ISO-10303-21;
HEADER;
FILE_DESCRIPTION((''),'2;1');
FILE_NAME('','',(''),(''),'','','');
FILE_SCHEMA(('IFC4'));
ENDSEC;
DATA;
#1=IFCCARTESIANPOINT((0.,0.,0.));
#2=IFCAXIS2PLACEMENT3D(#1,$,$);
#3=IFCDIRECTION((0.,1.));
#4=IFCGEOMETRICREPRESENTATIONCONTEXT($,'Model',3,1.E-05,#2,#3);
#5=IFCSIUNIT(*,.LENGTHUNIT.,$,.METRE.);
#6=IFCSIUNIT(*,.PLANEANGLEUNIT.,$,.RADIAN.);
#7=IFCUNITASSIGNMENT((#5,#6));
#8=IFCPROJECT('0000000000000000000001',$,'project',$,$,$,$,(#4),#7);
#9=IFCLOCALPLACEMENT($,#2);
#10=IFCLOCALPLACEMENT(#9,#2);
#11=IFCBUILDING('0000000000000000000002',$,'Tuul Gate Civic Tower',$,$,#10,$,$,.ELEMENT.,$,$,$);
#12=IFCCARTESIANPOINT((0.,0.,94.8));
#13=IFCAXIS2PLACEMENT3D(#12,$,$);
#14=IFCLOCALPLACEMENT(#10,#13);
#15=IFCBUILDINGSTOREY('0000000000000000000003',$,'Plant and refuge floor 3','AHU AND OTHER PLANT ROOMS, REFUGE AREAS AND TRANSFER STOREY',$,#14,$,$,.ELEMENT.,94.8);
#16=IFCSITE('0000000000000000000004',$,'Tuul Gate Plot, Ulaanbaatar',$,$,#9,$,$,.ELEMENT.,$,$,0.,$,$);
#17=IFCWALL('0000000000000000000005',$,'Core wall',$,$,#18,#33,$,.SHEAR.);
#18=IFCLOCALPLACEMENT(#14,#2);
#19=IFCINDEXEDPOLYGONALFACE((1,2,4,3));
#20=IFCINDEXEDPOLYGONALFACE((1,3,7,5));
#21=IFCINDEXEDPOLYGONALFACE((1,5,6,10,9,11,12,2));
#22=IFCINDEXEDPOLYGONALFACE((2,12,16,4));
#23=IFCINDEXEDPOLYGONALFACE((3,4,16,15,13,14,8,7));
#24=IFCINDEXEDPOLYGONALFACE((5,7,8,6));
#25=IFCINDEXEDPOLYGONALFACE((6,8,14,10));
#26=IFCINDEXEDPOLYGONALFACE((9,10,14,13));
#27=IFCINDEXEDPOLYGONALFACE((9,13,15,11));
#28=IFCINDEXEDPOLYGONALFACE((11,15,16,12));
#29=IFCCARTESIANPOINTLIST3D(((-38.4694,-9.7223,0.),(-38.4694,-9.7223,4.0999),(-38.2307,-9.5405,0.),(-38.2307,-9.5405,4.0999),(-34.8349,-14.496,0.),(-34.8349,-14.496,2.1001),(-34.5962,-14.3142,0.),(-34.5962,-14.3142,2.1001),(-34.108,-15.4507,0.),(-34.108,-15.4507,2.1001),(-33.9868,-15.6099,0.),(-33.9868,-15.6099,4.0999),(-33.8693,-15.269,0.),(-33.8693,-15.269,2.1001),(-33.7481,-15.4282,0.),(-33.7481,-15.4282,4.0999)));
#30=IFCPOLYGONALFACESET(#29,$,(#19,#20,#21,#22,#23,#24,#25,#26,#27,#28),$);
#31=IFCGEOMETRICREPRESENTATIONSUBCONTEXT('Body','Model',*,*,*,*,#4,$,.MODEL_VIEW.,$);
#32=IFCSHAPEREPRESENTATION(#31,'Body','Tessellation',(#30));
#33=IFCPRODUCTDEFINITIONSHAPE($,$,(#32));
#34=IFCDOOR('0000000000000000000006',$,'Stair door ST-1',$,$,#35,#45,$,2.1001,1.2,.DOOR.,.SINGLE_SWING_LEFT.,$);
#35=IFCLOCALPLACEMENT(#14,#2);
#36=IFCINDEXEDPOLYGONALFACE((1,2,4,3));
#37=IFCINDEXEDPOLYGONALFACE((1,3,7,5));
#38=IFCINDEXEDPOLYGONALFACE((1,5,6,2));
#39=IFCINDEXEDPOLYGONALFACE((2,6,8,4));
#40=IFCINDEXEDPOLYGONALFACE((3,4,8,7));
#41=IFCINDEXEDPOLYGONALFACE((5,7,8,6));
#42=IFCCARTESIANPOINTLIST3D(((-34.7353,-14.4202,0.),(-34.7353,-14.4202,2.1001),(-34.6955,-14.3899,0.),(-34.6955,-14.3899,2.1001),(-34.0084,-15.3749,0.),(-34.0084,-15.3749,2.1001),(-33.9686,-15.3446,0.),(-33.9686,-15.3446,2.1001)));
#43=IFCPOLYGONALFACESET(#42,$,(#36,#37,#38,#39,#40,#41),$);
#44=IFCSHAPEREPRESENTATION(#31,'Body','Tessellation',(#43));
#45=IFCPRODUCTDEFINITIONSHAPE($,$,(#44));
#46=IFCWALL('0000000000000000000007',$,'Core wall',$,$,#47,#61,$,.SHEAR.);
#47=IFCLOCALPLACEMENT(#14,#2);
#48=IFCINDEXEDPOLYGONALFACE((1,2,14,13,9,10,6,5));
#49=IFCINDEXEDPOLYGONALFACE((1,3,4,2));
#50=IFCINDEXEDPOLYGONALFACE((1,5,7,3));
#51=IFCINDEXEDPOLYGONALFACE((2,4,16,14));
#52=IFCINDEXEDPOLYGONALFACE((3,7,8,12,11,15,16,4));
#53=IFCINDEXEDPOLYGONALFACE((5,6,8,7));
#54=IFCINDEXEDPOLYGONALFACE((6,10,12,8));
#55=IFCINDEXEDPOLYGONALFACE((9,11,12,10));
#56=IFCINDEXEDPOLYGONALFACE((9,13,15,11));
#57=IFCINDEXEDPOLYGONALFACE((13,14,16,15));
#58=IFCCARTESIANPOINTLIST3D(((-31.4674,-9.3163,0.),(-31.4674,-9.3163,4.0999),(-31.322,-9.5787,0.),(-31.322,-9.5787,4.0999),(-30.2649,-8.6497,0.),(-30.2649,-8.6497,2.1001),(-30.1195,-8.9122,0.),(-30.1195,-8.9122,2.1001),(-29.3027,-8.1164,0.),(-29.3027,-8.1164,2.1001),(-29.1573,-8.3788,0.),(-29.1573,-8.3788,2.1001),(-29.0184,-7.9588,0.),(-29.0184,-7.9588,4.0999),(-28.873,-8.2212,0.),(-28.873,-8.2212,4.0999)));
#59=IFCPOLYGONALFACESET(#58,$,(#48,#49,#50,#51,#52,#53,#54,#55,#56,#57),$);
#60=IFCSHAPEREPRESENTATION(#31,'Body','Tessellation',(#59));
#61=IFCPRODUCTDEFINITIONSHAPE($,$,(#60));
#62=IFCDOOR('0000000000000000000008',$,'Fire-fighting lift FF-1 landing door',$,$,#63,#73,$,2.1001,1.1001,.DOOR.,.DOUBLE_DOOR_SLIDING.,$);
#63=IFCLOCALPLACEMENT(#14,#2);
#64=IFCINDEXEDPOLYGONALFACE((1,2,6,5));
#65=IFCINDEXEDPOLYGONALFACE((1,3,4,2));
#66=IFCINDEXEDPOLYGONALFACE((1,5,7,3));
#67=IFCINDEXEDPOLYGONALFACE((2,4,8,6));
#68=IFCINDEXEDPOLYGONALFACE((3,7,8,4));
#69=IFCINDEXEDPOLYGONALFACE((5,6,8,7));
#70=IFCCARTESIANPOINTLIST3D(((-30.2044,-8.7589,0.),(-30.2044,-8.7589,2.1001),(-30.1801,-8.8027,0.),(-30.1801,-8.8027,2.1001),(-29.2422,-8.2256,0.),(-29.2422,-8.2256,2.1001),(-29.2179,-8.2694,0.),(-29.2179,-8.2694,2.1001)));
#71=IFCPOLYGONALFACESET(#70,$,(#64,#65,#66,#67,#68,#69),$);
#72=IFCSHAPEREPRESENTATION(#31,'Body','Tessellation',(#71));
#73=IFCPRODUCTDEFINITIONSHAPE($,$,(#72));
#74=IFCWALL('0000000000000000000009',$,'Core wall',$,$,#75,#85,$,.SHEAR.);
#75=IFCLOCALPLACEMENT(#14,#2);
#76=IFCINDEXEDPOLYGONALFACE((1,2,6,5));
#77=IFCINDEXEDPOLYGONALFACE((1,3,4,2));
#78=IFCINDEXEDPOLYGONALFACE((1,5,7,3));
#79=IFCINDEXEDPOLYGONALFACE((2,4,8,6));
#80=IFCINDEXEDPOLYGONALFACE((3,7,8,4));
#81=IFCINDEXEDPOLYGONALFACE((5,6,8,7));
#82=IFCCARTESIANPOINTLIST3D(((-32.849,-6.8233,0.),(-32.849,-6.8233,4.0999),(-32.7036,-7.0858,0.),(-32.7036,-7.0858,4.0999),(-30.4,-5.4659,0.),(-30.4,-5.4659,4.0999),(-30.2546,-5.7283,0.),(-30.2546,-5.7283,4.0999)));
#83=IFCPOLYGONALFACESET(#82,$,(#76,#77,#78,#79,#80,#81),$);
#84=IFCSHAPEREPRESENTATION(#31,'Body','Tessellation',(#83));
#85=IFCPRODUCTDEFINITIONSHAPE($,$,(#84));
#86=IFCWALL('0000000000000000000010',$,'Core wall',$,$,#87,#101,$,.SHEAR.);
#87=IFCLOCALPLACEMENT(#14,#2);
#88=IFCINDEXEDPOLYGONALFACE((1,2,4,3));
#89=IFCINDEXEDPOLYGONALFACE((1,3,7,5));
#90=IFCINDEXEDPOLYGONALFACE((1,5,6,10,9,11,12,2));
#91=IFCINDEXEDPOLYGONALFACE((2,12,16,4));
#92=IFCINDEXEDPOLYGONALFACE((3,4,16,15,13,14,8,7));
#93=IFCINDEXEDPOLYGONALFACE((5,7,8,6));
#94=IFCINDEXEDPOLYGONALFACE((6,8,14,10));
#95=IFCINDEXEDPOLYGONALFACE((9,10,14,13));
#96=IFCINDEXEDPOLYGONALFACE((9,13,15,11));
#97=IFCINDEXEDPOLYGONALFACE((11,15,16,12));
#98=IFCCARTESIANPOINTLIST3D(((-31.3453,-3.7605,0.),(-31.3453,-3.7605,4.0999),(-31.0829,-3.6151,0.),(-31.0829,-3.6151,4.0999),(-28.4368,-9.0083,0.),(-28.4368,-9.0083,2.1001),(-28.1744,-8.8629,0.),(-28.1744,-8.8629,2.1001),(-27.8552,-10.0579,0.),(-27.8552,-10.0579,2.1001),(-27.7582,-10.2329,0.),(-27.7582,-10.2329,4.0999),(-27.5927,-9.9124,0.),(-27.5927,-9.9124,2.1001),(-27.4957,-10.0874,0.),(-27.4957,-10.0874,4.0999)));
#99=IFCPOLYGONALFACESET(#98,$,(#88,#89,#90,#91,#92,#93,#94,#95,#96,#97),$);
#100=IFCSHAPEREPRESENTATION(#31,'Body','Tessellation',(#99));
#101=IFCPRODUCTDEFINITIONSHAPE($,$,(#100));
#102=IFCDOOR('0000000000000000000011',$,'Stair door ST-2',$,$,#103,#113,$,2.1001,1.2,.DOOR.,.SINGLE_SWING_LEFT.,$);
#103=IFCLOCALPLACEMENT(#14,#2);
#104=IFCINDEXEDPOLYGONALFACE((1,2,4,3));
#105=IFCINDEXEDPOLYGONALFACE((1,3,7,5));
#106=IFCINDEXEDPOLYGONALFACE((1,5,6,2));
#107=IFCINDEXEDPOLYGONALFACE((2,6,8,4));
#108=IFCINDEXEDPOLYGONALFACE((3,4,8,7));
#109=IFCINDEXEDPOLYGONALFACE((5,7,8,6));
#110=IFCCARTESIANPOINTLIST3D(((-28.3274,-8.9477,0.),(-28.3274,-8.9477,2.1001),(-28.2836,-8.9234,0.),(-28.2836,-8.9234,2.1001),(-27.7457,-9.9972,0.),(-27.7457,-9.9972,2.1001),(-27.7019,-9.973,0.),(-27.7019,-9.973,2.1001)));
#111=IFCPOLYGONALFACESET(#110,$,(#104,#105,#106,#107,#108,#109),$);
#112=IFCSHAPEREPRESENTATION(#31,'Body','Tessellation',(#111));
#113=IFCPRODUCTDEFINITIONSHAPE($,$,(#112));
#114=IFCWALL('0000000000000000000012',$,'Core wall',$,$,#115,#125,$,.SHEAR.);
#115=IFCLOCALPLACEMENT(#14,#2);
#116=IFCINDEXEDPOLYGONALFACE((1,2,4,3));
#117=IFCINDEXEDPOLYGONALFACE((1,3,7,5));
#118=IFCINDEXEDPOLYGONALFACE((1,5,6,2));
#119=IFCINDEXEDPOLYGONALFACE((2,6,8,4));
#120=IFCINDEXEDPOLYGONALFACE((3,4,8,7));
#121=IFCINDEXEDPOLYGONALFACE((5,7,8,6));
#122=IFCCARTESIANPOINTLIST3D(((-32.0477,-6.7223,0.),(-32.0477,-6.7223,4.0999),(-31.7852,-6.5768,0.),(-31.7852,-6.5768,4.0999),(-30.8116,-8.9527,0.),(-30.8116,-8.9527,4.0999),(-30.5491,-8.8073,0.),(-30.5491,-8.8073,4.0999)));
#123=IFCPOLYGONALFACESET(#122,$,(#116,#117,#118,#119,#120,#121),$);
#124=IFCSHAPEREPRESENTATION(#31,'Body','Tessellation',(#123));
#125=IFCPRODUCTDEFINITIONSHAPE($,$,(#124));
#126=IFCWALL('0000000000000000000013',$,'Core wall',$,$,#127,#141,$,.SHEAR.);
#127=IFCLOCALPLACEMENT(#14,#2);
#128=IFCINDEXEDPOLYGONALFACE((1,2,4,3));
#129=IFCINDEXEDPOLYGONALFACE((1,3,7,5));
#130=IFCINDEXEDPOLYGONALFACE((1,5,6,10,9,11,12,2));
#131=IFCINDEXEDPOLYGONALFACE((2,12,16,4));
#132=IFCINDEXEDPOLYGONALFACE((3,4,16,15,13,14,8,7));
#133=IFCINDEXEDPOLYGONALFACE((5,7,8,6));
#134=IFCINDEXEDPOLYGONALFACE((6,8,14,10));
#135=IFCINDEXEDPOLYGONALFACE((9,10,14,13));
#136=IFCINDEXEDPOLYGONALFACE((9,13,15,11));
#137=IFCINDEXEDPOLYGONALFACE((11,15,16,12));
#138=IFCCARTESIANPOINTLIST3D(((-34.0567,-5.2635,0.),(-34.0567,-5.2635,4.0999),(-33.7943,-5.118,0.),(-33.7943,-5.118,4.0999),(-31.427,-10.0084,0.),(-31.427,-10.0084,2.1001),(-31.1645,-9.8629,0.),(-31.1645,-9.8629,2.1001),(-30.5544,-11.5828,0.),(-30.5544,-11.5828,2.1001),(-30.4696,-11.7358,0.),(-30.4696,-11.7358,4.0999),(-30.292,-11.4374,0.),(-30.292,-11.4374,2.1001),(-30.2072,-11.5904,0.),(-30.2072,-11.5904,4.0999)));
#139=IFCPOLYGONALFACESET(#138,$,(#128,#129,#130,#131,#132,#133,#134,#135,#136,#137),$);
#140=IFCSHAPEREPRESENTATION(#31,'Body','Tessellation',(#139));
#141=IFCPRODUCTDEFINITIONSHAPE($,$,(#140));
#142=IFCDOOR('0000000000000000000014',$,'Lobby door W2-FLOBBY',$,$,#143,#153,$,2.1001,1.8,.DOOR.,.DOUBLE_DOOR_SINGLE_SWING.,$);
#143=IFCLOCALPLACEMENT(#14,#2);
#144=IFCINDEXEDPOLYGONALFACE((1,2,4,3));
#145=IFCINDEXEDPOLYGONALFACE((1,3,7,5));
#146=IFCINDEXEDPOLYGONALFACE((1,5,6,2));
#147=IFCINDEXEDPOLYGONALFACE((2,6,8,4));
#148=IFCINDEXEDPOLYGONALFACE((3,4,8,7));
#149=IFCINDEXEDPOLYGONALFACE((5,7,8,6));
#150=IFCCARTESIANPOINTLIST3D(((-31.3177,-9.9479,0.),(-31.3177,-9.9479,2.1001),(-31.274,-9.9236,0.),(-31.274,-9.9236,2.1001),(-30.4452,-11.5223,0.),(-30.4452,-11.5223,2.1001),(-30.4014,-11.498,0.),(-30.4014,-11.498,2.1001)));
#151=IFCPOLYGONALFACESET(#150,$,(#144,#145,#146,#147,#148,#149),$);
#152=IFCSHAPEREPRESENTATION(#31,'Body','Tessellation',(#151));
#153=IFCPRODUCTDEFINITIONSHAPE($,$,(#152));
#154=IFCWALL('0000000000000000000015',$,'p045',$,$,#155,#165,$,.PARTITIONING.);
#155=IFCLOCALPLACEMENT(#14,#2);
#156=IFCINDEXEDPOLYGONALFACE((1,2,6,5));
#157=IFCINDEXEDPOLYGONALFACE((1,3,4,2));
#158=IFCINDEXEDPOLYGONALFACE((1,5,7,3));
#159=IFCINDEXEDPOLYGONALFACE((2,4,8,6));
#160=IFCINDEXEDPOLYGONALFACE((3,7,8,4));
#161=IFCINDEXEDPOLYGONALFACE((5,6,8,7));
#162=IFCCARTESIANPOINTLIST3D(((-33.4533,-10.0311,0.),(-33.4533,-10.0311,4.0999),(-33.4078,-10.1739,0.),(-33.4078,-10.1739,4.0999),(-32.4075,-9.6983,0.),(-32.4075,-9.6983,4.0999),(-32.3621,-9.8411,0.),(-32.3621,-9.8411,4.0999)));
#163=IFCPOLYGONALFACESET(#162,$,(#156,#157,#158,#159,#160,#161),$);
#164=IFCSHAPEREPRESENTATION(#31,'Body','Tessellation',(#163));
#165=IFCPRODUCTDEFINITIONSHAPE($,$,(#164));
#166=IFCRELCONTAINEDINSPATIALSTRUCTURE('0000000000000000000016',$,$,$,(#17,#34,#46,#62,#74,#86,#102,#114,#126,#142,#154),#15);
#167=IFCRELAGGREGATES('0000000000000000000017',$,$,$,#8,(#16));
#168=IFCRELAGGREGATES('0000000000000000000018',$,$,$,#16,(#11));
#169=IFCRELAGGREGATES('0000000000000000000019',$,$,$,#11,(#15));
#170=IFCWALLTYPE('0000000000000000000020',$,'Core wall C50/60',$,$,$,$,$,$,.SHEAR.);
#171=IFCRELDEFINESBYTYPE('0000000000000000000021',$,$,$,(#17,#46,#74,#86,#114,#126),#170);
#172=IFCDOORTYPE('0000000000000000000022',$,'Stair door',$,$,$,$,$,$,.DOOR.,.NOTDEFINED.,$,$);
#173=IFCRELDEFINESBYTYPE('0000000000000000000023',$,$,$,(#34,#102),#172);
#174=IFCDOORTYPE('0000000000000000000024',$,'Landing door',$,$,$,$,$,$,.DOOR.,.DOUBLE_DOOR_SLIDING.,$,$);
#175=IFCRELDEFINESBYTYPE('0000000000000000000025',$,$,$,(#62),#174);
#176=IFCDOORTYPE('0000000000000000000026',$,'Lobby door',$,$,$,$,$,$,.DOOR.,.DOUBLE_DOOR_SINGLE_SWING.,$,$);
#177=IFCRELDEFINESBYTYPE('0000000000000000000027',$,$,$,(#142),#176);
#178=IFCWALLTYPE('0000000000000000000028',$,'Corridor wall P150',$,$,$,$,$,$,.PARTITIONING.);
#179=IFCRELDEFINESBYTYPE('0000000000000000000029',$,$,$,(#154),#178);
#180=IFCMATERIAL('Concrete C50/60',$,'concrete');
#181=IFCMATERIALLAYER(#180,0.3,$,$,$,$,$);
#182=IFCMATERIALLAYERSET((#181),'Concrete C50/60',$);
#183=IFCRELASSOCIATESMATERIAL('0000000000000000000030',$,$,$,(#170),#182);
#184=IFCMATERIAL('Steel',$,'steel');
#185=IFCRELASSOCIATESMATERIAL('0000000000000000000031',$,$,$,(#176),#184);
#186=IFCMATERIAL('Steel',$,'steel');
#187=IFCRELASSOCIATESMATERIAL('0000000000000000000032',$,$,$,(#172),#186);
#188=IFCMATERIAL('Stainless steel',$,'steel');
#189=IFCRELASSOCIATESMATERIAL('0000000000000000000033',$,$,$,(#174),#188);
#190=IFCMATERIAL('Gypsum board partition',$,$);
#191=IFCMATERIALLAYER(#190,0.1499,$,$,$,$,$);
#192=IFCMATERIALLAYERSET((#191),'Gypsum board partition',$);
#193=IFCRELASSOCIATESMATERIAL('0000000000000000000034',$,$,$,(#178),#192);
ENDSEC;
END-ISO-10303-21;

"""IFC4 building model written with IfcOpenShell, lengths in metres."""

from ifc_helpers import new_model, si_unit, direction, frame, frame_2d, origin, place, context, subcontext, project, spatial, rectangle, extrude, material, layer, layer_set, type_object, element, fill, save


model = new_model("IFC4")

# Units and contexts
model_context = context("Model", 3, precision=1e-05, world=origin(), true_north=direction((0.0, 1.0)))
body_context = subcontext(model_context, "Body", "Model", "MODEL_VIEW")
ifc_project = project(units=[si_unit("LENGTHUNIT", "METRE"), si_unit("PLANEANGLEUNIT", "RADIAN")], contexts=[model_context])

# Site, building, storey
site_placement = place(None, origin())
site = spatial("IfcSite", under=ifc_project, at=site_placement, Name="Tuul Gate Plot, Ulaanbaatar", CompositionType="ELEMENT", RefElevation=0.0)
building_placement = place(site_placement, origin())
building = spatial("IfcBuilding", under=site, at=building_placement, Name="Tuul Gate Civic Tower", CompositionType="ELEMENT")
storey_placement = place(building_placement, frame((0.0, 0.0, 94.8)))
storey = spatial("IfcBuildingStorey", under=building, at=storey_placement, Name="Plant and refuge floor 3", Description="AHU AND OTHER PLANT ROOMS, REFUGE AREAS AND TRANSFER STOREY", CompositionType="ELEMENT", Elevation=94.8)

# Shared definitions
ifc_material_1 = material(Name="Concrete C50/60", Category="concrete")
ifc_layer_1 = layer(ifc_material_1, 0.3)
ifc_layer_set_1 = layer_set([ifc_layer_1], Name="Concrete C50/60")
wall_type_1 = type_object("IfcWallType", Name="Core wall C50/60", PredefinedType="SHEAR", material=ifc_layer_set_1)
ifc_material_2 = material(Name="Steel", Category="steel")
door_type_1 = type_object("IfcDoorType", Name="Lobby door", OperationType="DOUBLE_DOOR_SINGLE_SWING", PredefinedType="DOOR", material=ifc_material_2)

# Walls, openings, doors
wall_1_placement = place(storey_placement, frame((-33.8674, -15.519, 0.0), z_axis=(0.0, 0.0, 1.0), x_axis=(-0.60577, 0.79564, 0.0)))
wall_1 = element("IfcWall", 1, at=wall_1_placement, inside=storey, type_object=wall_type_1, Name="Core wall", PredefinedType="SHEAR", context=body_context, shape_type="SweptSolid", body=[
    extrude(rectangle(XDim=7.3999, YDim=0.3, at=frame_2d((3.7, 0.0))), origin(), (0.0, 0.0, 1.0), 4.0999),
])
opening_1_placement = place(wall_1_placement, frame((0.2, 0.0, 0.0)))
opening_1 = element("IfcOpeningElement", 2, at=opening_1_placement, cuts=wall_1, PredefinedType="OPENING", context=body_context, shape_type="SweptSolid", body=[
    extrude(rectangle(XDim=1.2, YDim=2.1001, at=frame_2d((0.6001, 1.05))), frame((0.0, 0.1602, 0.0), z_axis=(0.0, -1.0, 0.0), x_axis=(1.0, 0.0, 0.0)), (0.0, 0.0, 1.0), 0.3201),
])
ifc_material_3 = material(Name="Steel", Category="steel")
door_type_2 = type_object("IfcDoorType", Name="Stair door", OperationType="NOTDEFINED", PredefinedType="DOOR", material=ifc_material_3)
door_1_placement = place(opening_1_placement, origin())
door_1 = element("IfcDoor", 3, at=door_1_placement, inside=storey, type_object=door_type_2, Name="Stair door ST-1", OperationType="SINGLE_SWING_LEFT", OverallHeight=2.1001, OverallWidth=1.2, PredefinedType="DOOR", context=body_context, shape_type="SweptSolid", body=[
    extrude(rectangle(XDim=1.2, YDim=2.1001, at=frame_2d((0.6001, 1.05))), frame((0.0, 0.0249, 0.0), z_axis=(0.0, -1.0, 0.0), x_axis=(1.0, 0.0, 0.0)), (0.0, 0.0, 1.0), 0.05),
])
fill(opening_1, door_1)
wall_2_placement = place(storey_placement, frame((-28.9458, -8.0901, 0.0), z_axis=(0.0, 0.0, 1.0), x_axis=(-0.87463, -0.484791, 0.0)))
wall_2 = element("IfcWall", 4, at=wall_2_placement, inside=storey, type_object=wall_type_1, Name="Core wall", PredefinedType="SHEAR", context=body_context, shape_type="SweptSolid", body=[
    extrude(rectangle(XDim=2.8, YDim=0.3, at=frame_2d((1.3999, 0.0))), origin(), (0.0, 0.0, 1.0), 4.0999),
])
opening_2_placement = place(wall_2_placement, frame((0.325, 0.0, 0.0)))
opening_2 = element("IfcOpeningElement", 5, at=opening_2_placement, cuts=wall_2, PredefinedType="OPENING", context=body_context, shape_type="SweptSolid", body=[
    extrude(rectangle(XDim=1.1001, YDim=2.1001, at=frame_2d((0.55, 1.05))), frame((0.0, 0.1602, 0.0), z_axis=(0.0, -1.0, 0.0), x_axis=(1.0, 0.0, 0.0)), (0.0, 0.0, 1.0), 0.3201),
])
ifc_material_4 = material(Name="Stainless steel", Category="steel")
door_type_3 = type_object("IfcDoorType", Name="Landing door", OperationType="DOUBLE_DOOR_SLIDING", PredefinedType="DOOR", material=ifc_material_4)
door_2_placement = place(opening_2_placement, origin())
door_2 = element("IfcDoor", 6, at=door_2_placement, inside=storey, type_object=door_type_3, Name="Fire-fighting lift FF-1 landing door", OperationType="DOUBLE_DOOR_SLIDING", OverallHeight=2.1001, OverallWidth=1.1001, PredefinedType="DOOR", context=body_context, shape_type="SweptSolid", body=[
    extrude(rectangle(XDim=1.1001, YDim=2.1001, at=frame_2d((0.55, 1.05))), frame((0.0, 0.0249, 0.0), z_axis=(0.0, -1.0, 0.0), x_axis=(1.0, 0.0, 0.0)), (0.0, 0.0, 1.0), 0.05),
])
fill(opening_2, door_2)

# Wall
wall_3_placement = place(storey_placement, frame((-30.3274, -5.5972, 0.0), z_axis=(0.0, 0.0, 1.0), x_axis=(-0.87463, -0.484791, 0.0)))
element("IfcWall", 7, at=wall_3_placement, inside=storey, type_object=wall_type_1, Name="Core wall", PredefinedType="SHEAR", context=body_context, shape_type="SweptSolid", body=[
    extrude(rectangle(XDim=2.8, YDim=0.3, at=frame_2d((1.3999, 0.0))), origin(), (0.0, 0.0, 1.0), 4.0999),
])

# Wall, opening, door
wall_4_placement = place(storey_placement, frame((-27.627, -10.1602, 0.0), z_axis=(0.0, 0.0, 1.0), x_axis=(-0.484752, 0.874652, 0.0)))
wall_4 = element("IfcWall", 8, at=wall_4_placement, inside=storey, type_object=wall_type_1, Name="Core wall", PredefinedType="SHEAR", context=body_context, shape_type="SweptSolid", body=[
    extrude(rectangle(XDim=7.3999, YDim=0.3, at=frame_2d((3.7, 0.0))), origin(), (0.0, 0.0, 1.0), 4.0999),
])
opening_3_placement = place(wall_4_placement, frame((0.2, 0.0, 0.0)))
opening_3 = element("IfcOpeningElement", 9, at=opening_3_placement, cuts=wall_4, PredefinedType="OPENING", context=body_context, shape_type="SweptSolid", body=[
    extrude(rectangle(XDim=1.2, YDim=2.1001, at=frame_2d((0.6001, 1.05))), frame((0.0, 0.1602, 0.0), z_axis=(0.0, -1.0, 0.0), x_axis=(1.0, 0.0, 0.0)), (0.0, 0.0, 1.0), 0.3201),
])
door_3_placement = place(opening_3_placement, origin())
door_3 = element("IfcDoor", 10, at=door_3_placement, inside=storey, type_object=door_type_2, Name="Stair door ST-2", OperationType="SINGLE_SWING_LEFT", OverallHeight=2.1001, OverallWidth=1.2, PredefinedType="DOOR", context=body_context, shape_type="SweptSolid", body=[
    extrude(rectangle(XDim=1.2, YDim=2.1001, at=frame_2d((0.6001, 1.05))), frame((0.0, 0.0249, 0.0), z_axis=(0.0, -1.0, 0.0), x_axis=(1.0, 0.0, 0.0)), (0.0, 0.0, 1.0), 0.05),
])
fill(opening_3, door_3)

# Wall
wall_5_placement = place(storey_placement, frame((-30.6804, -8.8799, 0.0), z_axis=(0.0, 0.0, 1.0), x_axis=(-0.484724, 0.874667, 0.0)))
element("IfcWall", 11, at=wall_5_placement, inside=storey, type_object=wall_type_1, Name="Core wall", PredefinedType="SHEAR", context=body_context, shape_type="SweptSolid", body=[
    extrude(rectangle(XDim=2.55, YDim=0.3, at=frame_2d((1.2749, 0.0))), origin(), (0.0, 0.0, 1.0), 4.0999),
])

# Wall, opening, door
wall_6_placement = place(storey_placement, frame((-30.3384, -11.6631, 0.0), z_axis=(0.0, 0.0, 1.0), x_axis=(-0.484752, 0.874652, 0.0)))
wall_6 = element("IfcWall", 12, at=wall_6_placement, inside=storey, type_object=wall_type_1, Name="Core wall", PredefinedType="SHEAR", context=body_context, shape_type="SweptSolid", body=[
    extrude(rectangle(XDim=7.3999, YDim=0.3, at=frame_2d((3.7, 0.0))), origin(), (0.0, 0.0, 1.0), 4.0999),
])
opening_4_placement = place(wall_6_placement, frame((0.175, 0.0, 0.0)))
opening_4 = element("IfcOpeningElement", 13, at=opening_4_placement, cuts=wall_6, PredefinedType="OPENING", context=body_context, shape_type="SweptSolid", body=[
    extrude(rectangle(XDim=1.8, YDim=2.1001, at=frame_2d((0.8999, 1.05))), frame((0.0, 0.1602, 0.0), z_axis=(0.0, -1.0, 0.0), x_axis=(1.0, 0.0, 0.0)), (0.0, 0.0, 1.0), 0.3201),
])
door_4_placement = place(opening_4_placement, frame((1.8, 0.0, 0.0), z_axis=(0.0, 0.0, 1.0), x_axis=(-1.0, 0.0, 0.0)))
door_4 = element("IfcDoor", 14, at=door_4_placement, inside=storey, type_object=door_type_1, Name="Lobby door W2-FLOBBY", OperationType="DOUBLE_DOOR_SINGLE_SWING", OverallHeight=2.1001, OverallWidth=1.8, PredefinedType="DOOR", context=body_context, shape_type="SweptSolid", body=[
    extrude(rectangle(XDim=1.8, YDim=2.1001, at=frame_2d((0.9001, 1.05))), frame((0.0, 0.0249, 0.0), z_axis=(0.0, -1.0, 0.0), x_axis=(1.0, 0.0, 0.0)), (0.0, 0.0, 1.0), 0.05),
])
fill(opening_4, door_4)

# Wall
ifc_material_5 = material(Name="Gypsum board partition")
ifc_layer_2 = layer(ifc_material_5, 0.1499)
ifc_layer_set_2 = layer_set([ifc_layer_2], Name="Gypsum board partition")
wall_type_2 = type_object("IfcWallType", Name="Corridor wall P150", PredefinedType="PARTITIONING", material=ifc_layer_set_2)
wall_7_placement = place(storey_placement, frame((-33.4307, -10.1025, 0.0), z_axis=(0.0, 0.0, 1.0), x_axis=(0.952911, 0.30325, 0.0)))
element("IfcWall", 15, at=wall_7_placement, inside=storey, type_object=wall_type_2, Name="p045", PredefinedType="PARTITIONING", context=body_context, shape_type="SweptSolid", body=[
    extrude(rectangle(XDim=1.0974, YDim=0.1499, at=frame_2d((0.5488, 0.0))), origin(), (0.0, 0.0, 1.0), 4.0999),
])

save(model, "model.ifc")
